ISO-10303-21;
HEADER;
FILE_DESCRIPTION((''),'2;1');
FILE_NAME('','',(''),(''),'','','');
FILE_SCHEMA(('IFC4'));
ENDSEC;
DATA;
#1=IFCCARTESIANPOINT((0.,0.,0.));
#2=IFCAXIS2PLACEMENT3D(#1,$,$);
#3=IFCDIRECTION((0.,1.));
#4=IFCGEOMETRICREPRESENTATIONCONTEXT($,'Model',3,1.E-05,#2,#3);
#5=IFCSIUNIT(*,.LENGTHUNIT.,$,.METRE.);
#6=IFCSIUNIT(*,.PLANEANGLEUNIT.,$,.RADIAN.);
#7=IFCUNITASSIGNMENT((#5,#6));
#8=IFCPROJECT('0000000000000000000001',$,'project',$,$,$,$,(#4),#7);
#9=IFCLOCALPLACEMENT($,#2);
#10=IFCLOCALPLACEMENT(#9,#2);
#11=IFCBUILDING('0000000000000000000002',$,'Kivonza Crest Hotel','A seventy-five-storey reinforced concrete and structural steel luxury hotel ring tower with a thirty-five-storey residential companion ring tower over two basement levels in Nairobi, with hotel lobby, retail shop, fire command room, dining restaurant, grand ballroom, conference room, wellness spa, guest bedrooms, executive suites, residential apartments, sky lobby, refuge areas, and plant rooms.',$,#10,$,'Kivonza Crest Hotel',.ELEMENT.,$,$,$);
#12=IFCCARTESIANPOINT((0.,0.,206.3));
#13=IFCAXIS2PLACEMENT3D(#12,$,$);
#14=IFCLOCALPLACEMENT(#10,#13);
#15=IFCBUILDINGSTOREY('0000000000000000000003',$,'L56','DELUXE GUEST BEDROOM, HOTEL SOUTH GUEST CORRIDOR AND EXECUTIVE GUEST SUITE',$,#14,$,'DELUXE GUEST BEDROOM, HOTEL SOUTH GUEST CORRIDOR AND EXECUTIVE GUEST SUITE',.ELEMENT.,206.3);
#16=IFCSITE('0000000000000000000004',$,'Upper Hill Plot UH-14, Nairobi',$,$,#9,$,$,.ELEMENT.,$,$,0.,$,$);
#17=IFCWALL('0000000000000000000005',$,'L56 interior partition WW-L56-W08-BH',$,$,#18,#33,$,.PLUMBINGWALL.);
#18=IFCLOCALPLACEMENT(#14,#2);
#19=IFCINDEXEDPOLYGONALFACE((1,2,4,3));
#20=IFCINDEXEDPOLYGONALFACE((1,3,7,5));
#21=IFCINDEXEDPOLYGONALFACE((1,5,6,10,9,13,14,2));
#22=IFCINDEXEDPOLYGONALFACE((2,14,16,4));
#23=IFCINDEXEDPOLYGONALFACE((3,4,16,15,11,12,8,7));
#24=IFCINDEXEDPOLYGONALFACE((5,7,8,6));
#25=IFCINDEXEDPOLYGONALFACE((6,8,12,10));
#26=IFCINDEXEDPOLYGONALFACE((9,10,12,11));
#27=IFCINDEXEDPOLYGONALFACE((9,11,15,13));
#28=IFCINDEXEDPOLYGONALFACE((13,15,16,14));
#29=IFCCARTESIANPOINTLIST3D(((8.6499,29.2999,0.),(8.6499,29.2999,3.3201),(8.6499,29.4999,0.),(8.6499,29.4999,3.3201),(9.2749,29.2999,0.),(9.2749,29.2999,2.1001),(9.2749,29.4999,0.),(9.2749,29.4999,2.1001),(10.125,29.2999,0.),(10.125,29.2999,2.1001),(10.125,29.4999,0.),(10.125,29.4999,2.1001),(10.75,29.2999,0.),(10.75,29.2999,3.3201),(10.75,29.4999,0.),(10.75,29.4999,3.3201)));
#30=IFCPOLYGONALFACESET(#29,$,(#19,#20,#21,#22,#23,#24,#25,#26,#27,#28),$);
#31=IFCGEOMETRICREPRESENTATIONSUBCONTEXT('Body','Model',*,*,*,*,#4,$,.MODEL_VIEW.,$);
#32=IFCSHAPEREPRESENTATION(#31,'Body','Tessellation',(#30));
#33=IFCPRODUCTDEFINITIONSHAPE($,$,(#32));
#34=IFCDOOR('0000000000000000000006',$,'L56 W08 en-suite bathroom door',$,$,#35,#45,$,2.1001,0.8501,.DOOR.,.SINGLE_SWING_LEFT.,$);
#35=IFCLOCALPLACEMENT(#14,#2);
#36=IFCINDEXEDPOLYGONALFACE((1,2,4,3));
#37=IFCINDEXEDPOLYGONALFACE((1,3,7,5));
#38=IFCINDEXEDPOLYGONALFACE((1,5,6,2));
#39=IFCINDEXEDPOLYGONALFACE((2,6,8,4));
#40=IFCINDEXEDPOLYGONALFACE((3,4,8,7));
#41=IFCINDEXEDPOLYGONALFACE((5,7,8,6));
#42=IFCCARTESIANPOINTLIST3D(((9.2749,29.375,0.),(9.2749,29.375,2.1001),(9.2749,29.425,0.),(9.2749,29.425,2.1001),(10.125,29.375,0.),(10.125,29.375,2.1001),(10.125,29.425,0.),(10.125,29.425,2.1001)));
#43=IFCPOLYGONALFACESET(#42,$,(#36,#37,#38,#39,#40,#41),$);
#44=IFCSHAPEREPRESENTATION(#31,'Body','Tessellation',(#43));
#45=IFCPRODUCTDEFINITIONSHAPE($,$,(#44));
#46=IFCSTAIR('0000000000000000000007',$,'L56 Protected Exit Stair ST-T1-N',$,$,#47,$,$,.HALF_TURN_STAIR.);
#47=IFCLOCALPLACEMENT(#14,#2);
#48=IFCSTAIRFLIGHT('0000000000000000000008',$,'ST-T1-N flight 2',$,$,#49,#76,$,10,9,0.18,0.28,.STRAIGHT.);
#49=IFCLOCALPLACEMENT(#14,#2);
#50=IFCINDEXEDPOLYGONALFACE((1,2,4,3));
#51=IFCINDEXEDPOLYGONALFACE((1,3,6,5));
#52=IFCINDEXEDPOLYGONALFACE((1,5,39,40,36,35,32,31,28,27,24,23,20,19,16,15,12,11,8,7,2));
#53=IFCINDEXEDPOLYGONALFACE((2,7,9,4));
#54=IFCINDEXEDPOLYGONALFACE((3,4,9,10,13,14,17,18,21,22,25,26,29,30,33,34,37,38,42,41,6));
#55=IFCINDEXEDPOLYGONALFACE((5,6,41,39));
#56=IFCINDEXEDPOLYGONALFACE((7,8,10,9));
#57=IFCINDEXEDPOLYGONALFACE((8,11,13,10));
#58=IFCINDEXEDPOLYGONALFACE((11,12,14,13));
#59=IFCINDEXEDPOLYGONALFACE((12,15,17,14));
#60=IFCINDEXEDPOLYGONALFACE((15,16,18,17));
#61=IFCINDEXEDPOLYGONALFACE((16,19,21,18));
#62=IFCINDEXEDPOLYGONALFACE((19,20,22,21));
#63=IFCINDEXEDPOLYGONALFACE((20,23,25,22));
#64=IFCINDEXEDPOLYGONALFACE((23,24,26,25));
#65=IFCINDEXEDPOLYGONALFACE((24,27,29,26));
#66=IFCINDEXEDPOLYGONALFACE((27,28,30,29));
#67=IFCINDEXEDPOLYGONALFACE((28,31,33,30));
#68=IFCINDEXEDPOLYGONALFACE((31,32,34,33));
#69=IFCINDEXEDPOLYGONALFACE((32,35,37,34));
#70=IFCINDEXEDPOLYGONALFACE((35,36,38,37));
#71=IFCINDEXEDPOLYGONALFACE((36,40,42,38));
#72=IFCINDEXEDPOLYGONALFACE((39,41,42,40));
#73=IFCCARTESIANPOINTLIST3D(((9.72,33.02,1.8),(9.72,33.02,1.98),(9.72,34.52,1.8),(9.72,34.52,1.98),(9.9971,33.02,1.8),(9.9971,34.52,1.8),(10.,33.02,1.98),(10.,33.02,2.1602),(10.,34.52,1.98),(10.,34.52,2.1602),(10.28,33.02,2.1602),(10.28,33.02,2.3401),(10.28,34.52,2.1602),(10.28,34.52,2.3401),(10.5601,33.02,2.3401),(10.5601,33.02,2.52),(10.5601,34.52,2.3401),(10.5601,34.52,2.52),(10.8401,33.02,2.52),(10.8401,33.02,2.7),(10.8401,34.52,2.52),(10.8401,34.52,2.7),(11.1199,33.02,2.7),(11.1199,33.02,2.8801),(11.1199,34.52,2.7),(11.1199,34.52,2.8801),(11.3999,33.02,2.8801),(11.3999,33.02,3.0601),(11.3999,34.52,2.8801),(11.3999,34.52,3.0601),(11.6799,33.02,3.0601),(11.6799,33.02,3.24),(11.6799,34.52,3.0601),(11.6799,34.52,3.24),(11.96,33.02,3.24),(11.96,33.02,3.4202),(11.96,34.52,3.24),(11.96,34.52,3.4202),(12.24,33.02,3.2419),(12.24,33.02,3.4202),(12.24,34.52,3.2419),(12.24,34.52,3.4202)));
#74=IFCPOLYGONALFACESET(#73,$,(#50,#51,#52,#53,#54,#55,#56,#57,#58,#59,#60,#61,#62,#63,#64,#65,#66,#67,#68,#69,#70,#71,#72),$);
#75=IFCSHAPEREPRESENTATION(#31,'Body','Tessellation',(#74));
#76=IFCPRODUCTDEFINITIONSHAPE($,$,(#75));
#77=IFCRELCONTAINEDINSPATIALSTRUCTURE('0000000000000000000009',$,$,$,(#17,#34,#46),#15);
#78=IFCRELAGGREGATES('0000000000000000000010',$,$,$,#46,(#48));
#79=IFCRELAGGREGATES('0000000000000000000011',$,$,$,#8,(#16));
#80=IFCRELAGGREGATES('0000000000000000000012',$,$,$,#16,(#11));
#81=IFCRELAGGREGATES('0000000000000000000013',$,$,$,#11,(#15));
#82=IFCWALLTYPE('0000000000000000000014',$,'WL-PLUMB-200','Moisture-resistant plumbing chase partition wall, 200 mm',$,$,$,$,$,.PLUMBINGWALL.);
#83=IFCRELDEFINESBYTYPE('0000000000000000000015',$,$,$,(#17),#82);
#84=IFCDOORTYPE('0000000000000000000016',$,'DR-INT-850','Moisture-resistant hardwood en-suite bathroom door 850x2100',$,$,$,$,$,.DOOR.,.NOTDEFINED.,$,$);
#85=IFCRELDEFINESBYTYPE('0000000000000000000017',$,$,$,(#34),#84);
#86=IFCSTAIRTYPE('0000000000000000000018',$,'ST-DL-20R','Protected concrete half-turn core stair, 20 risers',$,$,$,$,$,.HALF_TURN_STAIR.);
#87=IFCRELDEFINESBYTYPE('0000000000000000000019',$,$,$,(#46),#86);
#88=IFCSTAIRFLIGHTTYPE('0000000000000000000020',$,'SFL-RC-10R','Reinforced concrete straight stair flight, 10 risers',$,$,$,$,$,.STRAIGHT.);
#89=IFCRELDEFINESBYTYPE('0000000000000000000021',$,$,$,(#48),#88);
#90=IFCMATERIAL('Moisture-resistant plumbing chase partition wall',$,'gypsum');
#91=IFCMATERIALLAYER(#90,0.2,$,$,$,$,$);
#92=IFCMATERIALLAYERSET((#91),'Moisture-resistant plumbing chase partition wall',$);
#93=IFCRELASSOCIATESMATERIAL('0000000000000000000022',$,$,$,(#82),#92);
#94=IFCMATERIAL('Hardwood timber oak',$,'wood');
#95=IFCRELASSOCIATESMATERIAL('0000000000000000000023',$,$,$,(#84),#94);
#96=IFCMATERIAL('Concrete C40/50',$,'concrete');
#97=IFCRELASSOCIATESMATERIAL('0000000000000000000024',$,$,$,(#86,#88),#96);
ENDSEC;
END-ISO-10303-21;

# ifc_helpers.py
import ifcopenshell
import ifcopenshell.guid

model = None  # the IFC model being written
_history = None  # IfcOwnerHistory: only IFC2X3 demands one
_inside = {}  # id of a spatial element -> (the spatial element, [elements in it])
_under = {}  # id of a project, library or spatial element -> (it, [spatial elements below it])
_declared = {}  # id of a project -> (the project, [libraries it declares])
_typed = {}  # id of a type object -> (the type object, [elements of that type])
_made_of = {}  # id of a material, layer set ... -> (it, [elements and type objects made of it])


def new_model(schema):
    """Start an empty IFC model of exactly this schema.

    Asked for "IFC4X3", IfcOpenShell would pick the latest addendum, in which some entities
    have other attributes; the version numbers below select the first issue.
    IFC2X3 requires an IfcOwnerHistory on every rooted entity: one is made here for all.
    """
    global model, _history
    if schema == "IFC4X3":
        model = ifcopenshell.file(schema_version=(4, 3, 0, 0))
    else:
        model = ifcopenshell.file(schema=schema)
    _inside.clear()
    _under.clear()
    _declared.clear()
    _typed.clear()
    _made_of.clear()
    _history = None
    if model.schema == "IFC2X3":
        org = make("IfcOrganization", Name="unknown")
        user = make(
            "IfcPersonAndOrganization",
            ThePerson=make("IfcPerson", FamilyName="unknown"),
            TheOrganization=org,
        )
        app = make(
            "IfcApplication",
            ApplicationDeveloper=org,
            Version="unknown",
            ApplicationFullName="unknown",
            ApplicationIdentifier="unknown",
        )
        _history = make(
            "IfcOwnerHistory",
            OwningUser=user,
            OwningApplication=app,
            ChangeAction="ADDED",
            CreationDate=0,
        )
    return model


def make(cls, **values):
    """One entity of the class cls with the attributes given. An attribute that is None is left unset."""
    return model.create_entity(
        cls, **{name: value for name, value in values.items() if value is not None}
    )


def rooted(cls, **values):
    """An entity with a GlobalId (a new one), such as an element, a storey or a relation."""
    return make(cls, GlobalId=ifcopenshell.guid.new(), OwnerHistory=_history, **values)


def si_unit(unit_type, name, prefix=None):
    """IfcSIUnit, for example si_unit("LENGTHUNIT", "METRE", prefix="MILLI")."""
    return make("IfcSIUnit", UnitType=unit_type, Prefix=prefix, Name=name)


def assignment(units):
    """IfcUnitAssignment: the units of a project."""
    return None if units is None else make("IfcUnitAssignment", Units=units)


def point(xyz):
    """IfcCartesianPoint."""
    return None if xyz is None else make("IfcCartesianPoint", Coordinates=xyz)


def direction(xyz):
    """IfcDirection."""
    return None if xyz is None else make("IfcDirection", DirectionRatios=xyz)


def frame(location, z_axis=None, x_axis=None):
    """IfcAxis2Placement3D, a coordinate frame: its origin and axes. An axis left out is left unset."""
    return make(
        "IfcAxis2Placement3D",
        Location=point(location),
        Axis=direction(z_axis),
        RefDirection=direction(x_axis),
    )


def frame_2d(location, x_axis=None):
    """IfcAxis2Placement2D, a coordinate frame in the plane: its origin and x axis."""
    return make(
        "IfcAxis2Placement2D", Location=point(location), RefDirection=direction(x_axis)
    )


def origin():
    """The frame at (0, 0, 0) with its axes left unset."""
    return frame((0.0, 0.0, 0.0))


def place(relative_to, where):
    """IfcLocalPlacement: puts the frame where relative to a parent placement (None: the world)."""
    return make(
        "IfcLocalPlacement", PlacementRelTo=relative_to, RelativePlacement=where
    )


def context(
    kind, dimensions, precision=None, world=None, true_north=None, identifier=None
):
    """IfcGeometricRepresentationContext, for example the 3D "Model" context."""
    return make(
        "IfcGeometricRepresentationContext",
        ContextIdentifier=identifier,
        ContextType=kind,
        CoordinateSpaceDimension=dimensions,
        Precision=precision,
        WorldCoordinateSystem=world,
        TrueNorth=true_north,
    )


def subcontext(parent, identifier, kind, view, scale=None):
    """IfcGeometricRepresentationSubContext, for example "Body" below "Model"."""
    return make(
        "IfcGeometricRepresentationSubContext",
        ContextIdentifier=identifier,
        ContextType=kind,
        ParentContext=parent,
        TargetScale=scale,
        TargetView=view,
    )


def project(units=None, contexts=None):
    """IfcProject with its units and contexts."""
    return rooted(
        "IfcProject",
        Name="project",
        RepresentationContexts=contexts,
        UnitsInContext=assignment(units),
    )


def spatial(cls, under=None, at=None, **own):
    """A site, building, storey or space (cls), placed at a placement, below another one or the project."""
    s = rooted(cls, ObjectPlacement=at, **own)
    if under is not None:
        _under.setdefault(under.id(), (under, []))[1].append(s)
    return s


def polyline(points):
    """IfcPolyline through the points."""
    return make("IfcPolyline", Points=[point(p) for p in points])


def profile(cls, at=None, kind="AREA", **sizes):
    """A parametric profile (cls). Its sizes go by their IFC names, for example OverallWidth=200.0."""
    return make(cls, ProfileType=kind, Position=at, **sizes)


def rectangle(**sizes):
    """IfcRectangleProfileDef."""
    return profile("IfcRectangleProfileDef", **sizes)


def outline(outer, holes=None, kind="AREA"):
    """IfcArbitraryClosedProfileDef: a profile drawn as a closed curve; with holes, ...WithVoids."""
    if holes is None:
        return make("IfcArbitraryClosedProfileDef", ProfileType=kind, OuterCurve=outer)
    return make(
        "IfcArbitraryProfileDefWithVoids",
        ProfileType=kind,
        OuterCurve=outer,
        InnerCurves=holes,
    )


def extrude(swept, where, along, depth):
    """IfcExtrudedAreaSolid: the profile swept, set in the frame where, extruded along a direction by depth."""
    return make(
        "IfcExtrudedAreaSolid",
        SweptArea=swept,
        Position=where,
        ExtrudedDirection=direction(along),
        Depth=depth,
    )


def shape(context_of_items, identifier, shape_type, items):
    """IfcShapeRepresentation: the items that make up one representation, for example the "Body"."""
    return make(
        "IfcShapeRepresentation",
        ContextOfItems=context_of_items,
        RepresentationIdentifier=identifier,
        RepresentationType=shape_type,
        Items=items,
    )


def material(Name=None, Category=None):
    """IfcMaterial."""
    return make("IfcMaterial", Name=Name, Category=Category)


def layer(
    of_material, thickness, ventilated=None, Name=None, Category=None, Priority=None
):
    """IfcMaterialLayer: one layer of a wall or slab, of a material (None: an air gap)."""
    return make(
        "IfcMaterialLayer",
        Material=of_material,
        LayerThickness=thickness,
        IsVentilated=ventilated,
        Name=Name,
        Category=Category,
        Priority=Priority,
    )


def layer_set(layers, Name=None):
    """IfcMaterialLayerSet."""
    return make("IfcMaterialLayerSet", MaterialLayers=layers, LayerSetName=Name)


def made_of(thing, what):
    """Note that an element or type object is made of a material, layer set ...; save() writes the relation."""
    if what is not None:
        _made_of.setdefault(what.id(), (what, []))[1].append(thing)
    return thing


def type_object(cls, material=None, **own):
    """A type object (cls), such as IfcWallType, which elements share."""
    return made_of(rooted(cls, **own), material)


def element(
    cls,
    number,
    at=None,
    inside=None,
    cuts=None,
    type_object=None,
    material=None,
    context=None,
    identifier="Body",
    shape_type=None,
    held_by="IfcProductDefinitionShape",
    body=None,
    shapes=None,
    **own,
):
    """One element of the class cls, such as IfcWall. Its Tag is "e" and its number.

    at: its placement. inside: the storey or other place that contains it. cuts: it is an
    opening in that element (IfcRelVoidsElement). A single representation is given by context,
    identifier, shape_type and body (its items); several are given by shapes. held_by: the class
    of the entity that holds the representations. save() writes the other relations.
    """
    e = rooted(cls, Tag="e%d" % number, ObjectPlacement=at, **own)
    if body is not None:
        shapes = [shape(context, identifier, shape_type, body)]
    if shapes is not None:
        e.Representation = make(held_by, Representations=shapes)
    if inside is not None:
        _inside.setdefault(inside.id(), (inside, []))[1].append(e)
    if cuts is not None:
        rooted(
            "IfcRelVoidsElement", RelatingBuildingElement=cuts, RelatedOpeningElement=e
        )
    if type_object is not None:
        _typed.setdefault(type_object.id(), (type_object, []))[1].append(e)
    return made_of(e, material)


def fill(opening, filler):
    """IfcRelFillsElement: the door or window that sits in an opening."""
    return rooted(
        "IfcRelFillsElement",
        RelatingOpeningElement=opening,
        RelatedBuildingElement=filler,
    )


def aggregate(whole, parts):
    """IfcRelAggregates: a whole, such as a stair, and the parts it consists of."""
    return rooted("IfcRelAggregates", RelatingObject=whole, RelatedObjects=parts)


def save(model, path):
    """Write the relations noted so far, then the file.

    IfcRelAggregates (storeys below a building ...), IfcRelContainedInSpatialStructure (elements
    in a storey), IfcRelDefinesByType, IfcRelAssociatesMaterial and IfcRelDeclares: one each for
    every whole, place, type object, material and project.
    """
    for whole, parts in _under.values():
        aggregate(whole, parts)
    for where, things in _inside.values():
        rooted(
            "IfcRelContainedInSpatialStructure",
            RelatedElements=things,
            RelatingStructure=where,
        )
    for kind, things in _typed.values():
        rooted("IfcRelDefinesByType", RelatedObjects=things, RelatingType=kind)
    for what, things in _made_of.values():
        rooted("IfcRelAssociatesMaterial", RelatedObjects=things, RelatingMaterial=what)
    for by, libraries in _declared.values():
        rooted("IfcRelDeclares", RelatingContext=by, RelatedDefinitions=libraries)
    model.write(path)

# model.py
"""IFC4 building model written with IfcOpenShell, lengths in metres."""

from ifc_helpers import new_model, si_unit, direction, frame, frame_2d, origin, place, context, subcontext, project, spatial, polyline, rectangle, outline, extrude, material, layer, layer_set, type_object, element, fill, aggregate, save


model = new_model("IFC4")

# Units and contexts
model_context = context("Model", 3, precision=1e-05, world=origin(), true_north=direction((0.0, 1.0)))
body_context = subcontext(model_context, "Body", "Model", "MODEL_VIEW")
ifc_project = project(units=[si_unit("LENGTHUNIT", "METRE"), si_unit("PLANEANGLEUNIT", "RADIAN")], contexts=[model_context])

# Site, building, storey
site_placement = place(None, origin())
site = spatial("IfcSite", under=ifc_project, at=site_placement, Name="Upper Hill Plot UH-14, Nairobi", CompositionType="ELEMENT", RefElevation=0.0)
building_placement = place(site_placement, origin())
building = spatial("IfcBuilding", under=site, at=building_placement, Name="Kivonza Crest Hotel", Description="A seventy-five-storey reinforced concrete and structural steel luxury hotel ring tower with a thirty-five-storey residential companion ring tower over two basement levels in Nairobi, with hotel lobby, retail shop, fire command room, dining restaurant, grand ballroom, conference room, wellness spa, guest bedrooms, executive suites, residential apartments, sky lobby, refuge areas, and plant rooms.", LongName="Kivonza Crest Hotel", CompositionType="ELEMENT")
storey_placement = place(building_placement, frame((0.0, 0.0, 206.3)))
storey = spatial("IfcBuildingStorey", under=building, at=storey_placement, Name="L56", Description="DELUXE GUEST BEDROOM, HOTEL SOUTH GUEST CORRIDOR AND EXECUTIVE GUEST SUITE", LongName="DELUXE GUEST BEDROOM, HOTEL SOUTH GUEST CORRIDOR AND EXECUTIVE GUEST SUITE", CompositionType="ELEMENT", Elevation=206.3)

# Shared definitions
ifc_material_1 = material(Name="Hardwood timber oak", Category="wood")

# Wall, opening, door
ifc_material_2 = material(Name="Moisture-resistant plumbing chase partition wall", Category="gypsum")
ifc_layer_1 = layer(ifc_material_2, 0.2)
ifc_layer_set_1 = layer_set([ifc_layer_1], Name="Moisture-resistant plumbing chase partition wall")
wall_type_1 = type_object("IfcWallType", Name="WL-PLUMB-200", Description="Moisture-resistant plumbing chase partition wall, 200 mm", PredefinedType="PLUMBINGWALL", material=ifc_layer_set_1)
wall_1_placement = place(storey_placement, frame((8.6499, 29.3999, 0.0), z_axis=(0.0, 0.0, 1.0), x_axis=(1.0, 0.0, 0.0)))
wall_1 = element("IfcWall", 1, at=wall_1_placement, inside=storey, type_object=wall_type_1, Name="L56 interior partition WW-L56-W08-BH", PredefinedType="PLUMBINGWALL", context=body_context, shape_type="SweptSolid", body=[
    extrude(rectangle(XDim=2.1001, YDim=0.2, at=frame_2d((1.05, 0.0))), origin(), (0.0, 0.0, 1.0), 3.3201),
])
opening_1_placement = place(wall_1_placement, frame((0.625, 0.0, 0.0)))
opening_1 = element("IfcOpeningElement", 2, at=opening_1_placement, cuts=wall_1, PredefinedType="OPENING", context=body_context, shape_type="SweptSolid", body=[
    extrude(rectangle(XDim=0.8501, YDim=2.1001, at=frame_2d((0.425, 1.05))), frame((0.0, 0.1099, 0.0), z_axis=(0.0, -1.0, 0.0), x_axis=(1.0, 0.0, 0.0)), (0.0, 0.0, 1.0), 0.22),
])
door_type_1 = type_object("IfcDoorType", Name="DR-INT-850", Description="Moisture-resistant hardwood en-suite bathroom door 850x2100", OperationType="NOTDEFINED", PredefinedType="DOOR", material=ifc_material_1)
door_1_placement = place(opening_1_placement, frame((0.8501, 0.0, 0.0), z_axis=(0.0, 0.0, 1.0), x_axis=(-1.0, 0.0, 0.0)))
door_1 = element("IfcDoor", 3, at=door_1_placement, inside=storey, type_object=door_type_1, Name="L56 W08 en-suite bathroom door", OperationType="SINGLE_SWING_LEFT", OverallHeight=2.1001, OverallWidth=0.8501, PredefinedType="DOOR", context=body_context, shape_type="SweptSolid", body=[
    extrude(rectangle(XDim=0.8501, YDim=2.1001, at=frame_2d((0.425, 1.05))), frame((0.0, 0.0249, 0.0), z_axis=(0.0, -1.0, 0.0), x_axis=(1.0, 0.0, 0.0)), (0.0, 0.0, 1.0), 0.05),
])
fill(opening_1, door_1)

# Stair, stair flight
ifc_material_3 = material(Name="Concrete C40/50", Category="concrete")
stair_type = type_object("IfcStairType", Name="ST-DL-20R", Description="Protected concrete half-turn core stair, 20 risers", PredefinedType="HALF_TURN_STAIR", material=ifc_material_3)
stair_placement = place(storey_placement, origin())
stair = element("IfcStair", 4, at=stair_placement, inside=storey, type_object=stair_type, Name="L56 Protected Exit Stair ST-T1-N", PredefinedType="HALF_TURN_STAIR")
stair_flight_type = type_object("IfcStairFlightType", Name="SFL-RC-10R", Description="Reinforced concrete straight stair flight, 10 risers", PredefinedType="STRAIGHT", material=ifc_material_3)
stair_flight_placement = place(storey_placement, frame((9.72, 33.77, 1.8), z_axis=(0.0, 0.0, 1.0), x_axis=(1.0, 0.0, 0.0)))
stair_flight = element("IfcStairFlight", 5, at=stair_flight_placement, type_object=stair_flight_type, Name="ST-T1-N flight 2", NumberOfRisers=10, NumberOfTreads=9, PredefinedType="STRAIGHT", RiserHeight=0.18, TreadLength=0.28, context=body_context, shape_type="SweptSolid", body=[
    extrude(outline(polyline([(0.0, 0.0), (0.0, 0.1799), (0.28, 0.1799), (0.28, 0.3601), (0.5601, 0.3601), (0.5601, 0.54), (0.8401, 0.54), (0.8401, 0.72), (1.1201, 0.72), (1.1201, 0.8999), (1.3999, 0.8999), (1.3999, 1.0801), (1.6799, 1.0801), (1.6799, 1.26), (1.96, 1.26), (1.96, 1.4399), (2.24, 1.4399), (2.24, 1.6201), (2.52, 1.6201), (2.52, 1.8), (2.52, 1.4419), (0.2771, 0.0), (0.0, 0.0)])), frame((0.0, 0.75, 0.0), z_axis=(0.0, -1.0, 0.0), x_axis=(1.0, 0.0, 0.0)), (0.0, 0.0, 1.0), 1.5),
])
aggregate(stair, [stair_flight])

save(model, "model.ifc")
